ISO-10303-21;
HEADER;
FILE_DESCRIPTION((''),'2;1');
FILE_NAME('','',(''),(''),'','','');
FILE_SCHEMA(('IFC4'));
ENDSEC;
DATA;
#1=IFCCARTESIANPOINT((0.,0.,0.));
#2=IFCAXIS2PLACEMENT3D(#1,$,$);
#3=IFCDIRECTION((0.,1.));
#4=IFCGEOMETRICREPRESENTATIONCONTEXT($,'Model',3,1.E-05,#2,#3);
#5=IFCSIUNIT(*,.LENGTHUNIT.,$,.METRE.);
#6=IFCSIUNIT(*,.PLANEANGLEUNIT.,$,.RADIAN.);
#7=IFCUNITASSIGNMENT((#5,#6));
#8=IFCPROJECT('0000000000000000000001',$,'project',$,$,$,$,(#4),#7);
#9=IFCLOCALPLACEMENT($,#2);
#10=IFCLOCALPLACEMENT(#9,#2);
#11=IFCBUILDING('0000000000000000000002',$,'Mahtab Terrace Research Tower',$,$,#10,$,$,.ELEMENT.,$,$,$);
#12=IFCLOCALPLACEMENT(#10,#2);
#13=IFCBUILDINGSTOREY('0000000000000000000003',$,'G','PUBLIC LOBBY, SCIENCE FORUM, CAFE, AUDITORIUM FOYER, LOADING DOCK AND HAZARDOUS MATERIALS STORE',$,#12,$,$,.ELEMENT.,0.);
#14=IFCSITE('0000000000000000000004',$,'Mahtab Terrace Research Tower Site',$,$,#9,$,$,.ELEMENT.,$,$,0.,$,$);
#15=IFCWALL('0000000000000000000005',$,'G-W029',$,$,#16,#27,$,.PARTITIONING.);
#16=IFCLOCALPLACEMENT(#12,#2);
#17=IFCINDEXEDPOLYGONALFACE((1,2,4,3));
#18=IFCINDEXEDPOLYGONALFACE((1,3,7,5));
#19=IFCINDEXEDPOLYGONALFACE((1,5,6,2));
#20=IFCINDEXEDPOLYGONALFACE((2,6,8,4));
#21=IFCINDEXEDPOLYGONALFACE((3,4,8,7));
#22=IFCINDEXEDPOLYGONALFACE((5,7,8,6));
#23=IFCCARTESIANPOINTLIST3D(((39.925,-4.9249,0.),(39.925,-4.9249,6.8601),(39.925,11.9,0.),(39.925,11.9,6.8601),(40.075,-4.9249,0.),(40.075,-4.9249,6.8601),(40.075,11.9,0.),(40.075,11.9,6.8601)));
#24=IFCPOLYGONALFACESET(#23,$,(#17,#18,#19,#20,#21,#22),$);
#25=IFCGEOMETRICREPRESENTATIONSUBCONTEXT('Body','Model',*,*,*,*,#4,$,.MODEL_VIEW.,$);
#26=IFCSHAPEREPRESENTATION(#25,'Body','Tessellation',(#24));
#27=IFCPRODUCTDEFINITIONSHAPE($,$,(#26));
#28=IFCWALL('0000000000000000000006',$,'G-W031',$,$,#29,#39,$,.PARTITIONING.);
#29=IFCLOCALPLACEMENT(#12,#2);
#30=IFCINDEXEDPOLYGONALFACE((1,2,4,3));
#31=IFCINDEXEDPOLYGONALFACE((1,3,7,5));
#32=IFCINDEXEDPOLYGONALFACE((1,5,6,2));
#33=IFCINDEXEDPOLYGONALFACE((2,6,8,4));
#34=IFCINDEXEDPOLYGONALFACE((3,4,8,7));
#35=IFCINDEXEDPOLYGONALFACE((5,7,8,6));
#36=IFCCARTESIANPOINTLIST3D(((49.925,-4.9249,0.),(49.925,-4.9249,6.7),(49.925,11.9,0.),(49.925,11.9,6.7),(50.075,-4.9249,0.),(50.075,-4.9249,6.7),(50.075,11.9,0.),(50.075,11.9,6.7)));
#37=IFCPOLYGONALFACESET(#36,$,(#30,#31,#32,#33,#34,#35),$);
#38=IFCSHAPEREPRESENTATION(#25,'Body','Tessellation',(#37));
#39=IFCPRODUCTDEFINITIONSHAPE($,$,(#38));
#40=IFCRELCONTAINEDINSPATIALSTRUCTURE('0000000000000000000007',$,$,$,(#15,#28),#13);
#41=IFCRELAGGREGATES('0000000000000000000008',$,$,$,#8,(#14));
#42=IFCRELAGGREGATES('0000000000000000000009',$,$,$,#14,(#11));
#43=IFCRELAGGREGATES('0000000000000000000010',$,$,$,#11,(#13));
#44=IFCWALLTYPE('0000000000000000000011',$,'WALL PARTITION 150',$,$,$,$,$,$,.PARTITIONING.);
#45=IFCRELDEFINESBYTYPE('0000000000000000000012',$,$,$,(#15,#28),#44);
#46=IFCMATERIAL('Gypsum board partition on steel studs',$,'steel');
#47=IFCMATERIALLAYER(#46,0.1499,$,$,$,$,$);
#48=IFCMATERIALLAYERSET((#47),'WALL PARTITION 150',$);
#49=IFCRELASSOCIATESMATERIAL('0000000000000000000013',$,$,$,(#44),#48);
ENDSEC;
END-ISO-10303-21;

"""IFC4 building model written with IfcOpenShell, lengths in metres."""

from ifc_helpers import new_model, si_unit, direction, frame, frame_2d, origin, place, context, subcontext, project, spatial, rectangle, extrude, material, layer, layer_set, type_object, element, save


model = new_model("IFC4")

# Units and contexts
model_context = context("Model", 3, precision=1e-05, world=origin(), true_north=direction((0.0, 1.0)))
body_context = subcontext(model_context, "Body", "Model", "MODEL_VIEW")
ifc_project = project(units=[si_unit("LENGTHUNIT", "METRE"), si_unit("PLANEANGLEUNIT", "RADIAN")], contexts=[model_context])

# Site, building, storey
site_placement = place(None, origin())
site = spatial("IfcSite", under=ifc_project, at=site_placement, Name="Mahtab Terrace Research Tower Site", CompositionType="ELEMENT", RefElevation=0.0)
building_placement = place(site_placement, origin())
building = spatial("IfcBuilding", under=site, at=building_placement, Name="Mahtab Terrace Research Tower", CompositionType="ELEMENT")
storey_placement = place(building_placement, origin())
storey = spatial("IfcBuildingStorey", under=building, at=storey_placement, Name="G", Description="PUBLIC LOBBY, SCIENCE FORUM, CAFE, AUDITORIUM FOYER, LOADING DOCK AND HAZARDOUS MATERIALS STORE", CompositionType="ELEMENT", Elevation=0.0)

# Walls
ifc_material_1 = material(Name="Gypsum board partition on steel studs", Category="steel")
ifc_layer_1 = layer(ifc_material_1, 0.1499)
ifc_layer_set_1 = layer_set([ifc_layer_1], Name="WALL PARTITION 150")
wall_type = type_object("IfcWallType", Name="WALL PARTITION 150", PredefinedType="PARTITIONING", material=ifc_layer_set_1)
wall_1_placement = place(storey_placement, frame((40.0, -4.925, 0.0), z_axis=(0.0, 0.0, 1.0), x_axis=(0.0, 1.0, 0.0)))
element("IfcWall", 1, at=wall_1_placement, inside=storey, type_object=wall_type, Name="G-W029", PredefinedType="PARTITIONING", context=body_context, shape_type="SweptSolid", body=[
    extrude(rectangle(XDim=16.825, YDim=0.1499, at=frame_2d((8.4126, 0.0))), origin(), (0.0, 0.0, 1.0), 6.8601),
])
wall_2_placement = place(storey_placement, frame((50.0, -4.925, 0.0), z_axis=(0.0, 0.0, 1.0), x_axis=(0.0, 1.0, 0.0)))
element("IfcWall", 2, at=wall_2_placement, inside=storey, type_object=wall_type, Name="G-W031", PredefinedType="PARTITIONING", context=body_context, shape_type="SweptSolid", body=[
    extrude(rectangle(XDim=16.825, YDim=0.1499, at=frame_2d((8.4126, 0.0))), origin(), (0.0, 0.0, 1.0), 6.7),
])

save(model, "model.ifc")
